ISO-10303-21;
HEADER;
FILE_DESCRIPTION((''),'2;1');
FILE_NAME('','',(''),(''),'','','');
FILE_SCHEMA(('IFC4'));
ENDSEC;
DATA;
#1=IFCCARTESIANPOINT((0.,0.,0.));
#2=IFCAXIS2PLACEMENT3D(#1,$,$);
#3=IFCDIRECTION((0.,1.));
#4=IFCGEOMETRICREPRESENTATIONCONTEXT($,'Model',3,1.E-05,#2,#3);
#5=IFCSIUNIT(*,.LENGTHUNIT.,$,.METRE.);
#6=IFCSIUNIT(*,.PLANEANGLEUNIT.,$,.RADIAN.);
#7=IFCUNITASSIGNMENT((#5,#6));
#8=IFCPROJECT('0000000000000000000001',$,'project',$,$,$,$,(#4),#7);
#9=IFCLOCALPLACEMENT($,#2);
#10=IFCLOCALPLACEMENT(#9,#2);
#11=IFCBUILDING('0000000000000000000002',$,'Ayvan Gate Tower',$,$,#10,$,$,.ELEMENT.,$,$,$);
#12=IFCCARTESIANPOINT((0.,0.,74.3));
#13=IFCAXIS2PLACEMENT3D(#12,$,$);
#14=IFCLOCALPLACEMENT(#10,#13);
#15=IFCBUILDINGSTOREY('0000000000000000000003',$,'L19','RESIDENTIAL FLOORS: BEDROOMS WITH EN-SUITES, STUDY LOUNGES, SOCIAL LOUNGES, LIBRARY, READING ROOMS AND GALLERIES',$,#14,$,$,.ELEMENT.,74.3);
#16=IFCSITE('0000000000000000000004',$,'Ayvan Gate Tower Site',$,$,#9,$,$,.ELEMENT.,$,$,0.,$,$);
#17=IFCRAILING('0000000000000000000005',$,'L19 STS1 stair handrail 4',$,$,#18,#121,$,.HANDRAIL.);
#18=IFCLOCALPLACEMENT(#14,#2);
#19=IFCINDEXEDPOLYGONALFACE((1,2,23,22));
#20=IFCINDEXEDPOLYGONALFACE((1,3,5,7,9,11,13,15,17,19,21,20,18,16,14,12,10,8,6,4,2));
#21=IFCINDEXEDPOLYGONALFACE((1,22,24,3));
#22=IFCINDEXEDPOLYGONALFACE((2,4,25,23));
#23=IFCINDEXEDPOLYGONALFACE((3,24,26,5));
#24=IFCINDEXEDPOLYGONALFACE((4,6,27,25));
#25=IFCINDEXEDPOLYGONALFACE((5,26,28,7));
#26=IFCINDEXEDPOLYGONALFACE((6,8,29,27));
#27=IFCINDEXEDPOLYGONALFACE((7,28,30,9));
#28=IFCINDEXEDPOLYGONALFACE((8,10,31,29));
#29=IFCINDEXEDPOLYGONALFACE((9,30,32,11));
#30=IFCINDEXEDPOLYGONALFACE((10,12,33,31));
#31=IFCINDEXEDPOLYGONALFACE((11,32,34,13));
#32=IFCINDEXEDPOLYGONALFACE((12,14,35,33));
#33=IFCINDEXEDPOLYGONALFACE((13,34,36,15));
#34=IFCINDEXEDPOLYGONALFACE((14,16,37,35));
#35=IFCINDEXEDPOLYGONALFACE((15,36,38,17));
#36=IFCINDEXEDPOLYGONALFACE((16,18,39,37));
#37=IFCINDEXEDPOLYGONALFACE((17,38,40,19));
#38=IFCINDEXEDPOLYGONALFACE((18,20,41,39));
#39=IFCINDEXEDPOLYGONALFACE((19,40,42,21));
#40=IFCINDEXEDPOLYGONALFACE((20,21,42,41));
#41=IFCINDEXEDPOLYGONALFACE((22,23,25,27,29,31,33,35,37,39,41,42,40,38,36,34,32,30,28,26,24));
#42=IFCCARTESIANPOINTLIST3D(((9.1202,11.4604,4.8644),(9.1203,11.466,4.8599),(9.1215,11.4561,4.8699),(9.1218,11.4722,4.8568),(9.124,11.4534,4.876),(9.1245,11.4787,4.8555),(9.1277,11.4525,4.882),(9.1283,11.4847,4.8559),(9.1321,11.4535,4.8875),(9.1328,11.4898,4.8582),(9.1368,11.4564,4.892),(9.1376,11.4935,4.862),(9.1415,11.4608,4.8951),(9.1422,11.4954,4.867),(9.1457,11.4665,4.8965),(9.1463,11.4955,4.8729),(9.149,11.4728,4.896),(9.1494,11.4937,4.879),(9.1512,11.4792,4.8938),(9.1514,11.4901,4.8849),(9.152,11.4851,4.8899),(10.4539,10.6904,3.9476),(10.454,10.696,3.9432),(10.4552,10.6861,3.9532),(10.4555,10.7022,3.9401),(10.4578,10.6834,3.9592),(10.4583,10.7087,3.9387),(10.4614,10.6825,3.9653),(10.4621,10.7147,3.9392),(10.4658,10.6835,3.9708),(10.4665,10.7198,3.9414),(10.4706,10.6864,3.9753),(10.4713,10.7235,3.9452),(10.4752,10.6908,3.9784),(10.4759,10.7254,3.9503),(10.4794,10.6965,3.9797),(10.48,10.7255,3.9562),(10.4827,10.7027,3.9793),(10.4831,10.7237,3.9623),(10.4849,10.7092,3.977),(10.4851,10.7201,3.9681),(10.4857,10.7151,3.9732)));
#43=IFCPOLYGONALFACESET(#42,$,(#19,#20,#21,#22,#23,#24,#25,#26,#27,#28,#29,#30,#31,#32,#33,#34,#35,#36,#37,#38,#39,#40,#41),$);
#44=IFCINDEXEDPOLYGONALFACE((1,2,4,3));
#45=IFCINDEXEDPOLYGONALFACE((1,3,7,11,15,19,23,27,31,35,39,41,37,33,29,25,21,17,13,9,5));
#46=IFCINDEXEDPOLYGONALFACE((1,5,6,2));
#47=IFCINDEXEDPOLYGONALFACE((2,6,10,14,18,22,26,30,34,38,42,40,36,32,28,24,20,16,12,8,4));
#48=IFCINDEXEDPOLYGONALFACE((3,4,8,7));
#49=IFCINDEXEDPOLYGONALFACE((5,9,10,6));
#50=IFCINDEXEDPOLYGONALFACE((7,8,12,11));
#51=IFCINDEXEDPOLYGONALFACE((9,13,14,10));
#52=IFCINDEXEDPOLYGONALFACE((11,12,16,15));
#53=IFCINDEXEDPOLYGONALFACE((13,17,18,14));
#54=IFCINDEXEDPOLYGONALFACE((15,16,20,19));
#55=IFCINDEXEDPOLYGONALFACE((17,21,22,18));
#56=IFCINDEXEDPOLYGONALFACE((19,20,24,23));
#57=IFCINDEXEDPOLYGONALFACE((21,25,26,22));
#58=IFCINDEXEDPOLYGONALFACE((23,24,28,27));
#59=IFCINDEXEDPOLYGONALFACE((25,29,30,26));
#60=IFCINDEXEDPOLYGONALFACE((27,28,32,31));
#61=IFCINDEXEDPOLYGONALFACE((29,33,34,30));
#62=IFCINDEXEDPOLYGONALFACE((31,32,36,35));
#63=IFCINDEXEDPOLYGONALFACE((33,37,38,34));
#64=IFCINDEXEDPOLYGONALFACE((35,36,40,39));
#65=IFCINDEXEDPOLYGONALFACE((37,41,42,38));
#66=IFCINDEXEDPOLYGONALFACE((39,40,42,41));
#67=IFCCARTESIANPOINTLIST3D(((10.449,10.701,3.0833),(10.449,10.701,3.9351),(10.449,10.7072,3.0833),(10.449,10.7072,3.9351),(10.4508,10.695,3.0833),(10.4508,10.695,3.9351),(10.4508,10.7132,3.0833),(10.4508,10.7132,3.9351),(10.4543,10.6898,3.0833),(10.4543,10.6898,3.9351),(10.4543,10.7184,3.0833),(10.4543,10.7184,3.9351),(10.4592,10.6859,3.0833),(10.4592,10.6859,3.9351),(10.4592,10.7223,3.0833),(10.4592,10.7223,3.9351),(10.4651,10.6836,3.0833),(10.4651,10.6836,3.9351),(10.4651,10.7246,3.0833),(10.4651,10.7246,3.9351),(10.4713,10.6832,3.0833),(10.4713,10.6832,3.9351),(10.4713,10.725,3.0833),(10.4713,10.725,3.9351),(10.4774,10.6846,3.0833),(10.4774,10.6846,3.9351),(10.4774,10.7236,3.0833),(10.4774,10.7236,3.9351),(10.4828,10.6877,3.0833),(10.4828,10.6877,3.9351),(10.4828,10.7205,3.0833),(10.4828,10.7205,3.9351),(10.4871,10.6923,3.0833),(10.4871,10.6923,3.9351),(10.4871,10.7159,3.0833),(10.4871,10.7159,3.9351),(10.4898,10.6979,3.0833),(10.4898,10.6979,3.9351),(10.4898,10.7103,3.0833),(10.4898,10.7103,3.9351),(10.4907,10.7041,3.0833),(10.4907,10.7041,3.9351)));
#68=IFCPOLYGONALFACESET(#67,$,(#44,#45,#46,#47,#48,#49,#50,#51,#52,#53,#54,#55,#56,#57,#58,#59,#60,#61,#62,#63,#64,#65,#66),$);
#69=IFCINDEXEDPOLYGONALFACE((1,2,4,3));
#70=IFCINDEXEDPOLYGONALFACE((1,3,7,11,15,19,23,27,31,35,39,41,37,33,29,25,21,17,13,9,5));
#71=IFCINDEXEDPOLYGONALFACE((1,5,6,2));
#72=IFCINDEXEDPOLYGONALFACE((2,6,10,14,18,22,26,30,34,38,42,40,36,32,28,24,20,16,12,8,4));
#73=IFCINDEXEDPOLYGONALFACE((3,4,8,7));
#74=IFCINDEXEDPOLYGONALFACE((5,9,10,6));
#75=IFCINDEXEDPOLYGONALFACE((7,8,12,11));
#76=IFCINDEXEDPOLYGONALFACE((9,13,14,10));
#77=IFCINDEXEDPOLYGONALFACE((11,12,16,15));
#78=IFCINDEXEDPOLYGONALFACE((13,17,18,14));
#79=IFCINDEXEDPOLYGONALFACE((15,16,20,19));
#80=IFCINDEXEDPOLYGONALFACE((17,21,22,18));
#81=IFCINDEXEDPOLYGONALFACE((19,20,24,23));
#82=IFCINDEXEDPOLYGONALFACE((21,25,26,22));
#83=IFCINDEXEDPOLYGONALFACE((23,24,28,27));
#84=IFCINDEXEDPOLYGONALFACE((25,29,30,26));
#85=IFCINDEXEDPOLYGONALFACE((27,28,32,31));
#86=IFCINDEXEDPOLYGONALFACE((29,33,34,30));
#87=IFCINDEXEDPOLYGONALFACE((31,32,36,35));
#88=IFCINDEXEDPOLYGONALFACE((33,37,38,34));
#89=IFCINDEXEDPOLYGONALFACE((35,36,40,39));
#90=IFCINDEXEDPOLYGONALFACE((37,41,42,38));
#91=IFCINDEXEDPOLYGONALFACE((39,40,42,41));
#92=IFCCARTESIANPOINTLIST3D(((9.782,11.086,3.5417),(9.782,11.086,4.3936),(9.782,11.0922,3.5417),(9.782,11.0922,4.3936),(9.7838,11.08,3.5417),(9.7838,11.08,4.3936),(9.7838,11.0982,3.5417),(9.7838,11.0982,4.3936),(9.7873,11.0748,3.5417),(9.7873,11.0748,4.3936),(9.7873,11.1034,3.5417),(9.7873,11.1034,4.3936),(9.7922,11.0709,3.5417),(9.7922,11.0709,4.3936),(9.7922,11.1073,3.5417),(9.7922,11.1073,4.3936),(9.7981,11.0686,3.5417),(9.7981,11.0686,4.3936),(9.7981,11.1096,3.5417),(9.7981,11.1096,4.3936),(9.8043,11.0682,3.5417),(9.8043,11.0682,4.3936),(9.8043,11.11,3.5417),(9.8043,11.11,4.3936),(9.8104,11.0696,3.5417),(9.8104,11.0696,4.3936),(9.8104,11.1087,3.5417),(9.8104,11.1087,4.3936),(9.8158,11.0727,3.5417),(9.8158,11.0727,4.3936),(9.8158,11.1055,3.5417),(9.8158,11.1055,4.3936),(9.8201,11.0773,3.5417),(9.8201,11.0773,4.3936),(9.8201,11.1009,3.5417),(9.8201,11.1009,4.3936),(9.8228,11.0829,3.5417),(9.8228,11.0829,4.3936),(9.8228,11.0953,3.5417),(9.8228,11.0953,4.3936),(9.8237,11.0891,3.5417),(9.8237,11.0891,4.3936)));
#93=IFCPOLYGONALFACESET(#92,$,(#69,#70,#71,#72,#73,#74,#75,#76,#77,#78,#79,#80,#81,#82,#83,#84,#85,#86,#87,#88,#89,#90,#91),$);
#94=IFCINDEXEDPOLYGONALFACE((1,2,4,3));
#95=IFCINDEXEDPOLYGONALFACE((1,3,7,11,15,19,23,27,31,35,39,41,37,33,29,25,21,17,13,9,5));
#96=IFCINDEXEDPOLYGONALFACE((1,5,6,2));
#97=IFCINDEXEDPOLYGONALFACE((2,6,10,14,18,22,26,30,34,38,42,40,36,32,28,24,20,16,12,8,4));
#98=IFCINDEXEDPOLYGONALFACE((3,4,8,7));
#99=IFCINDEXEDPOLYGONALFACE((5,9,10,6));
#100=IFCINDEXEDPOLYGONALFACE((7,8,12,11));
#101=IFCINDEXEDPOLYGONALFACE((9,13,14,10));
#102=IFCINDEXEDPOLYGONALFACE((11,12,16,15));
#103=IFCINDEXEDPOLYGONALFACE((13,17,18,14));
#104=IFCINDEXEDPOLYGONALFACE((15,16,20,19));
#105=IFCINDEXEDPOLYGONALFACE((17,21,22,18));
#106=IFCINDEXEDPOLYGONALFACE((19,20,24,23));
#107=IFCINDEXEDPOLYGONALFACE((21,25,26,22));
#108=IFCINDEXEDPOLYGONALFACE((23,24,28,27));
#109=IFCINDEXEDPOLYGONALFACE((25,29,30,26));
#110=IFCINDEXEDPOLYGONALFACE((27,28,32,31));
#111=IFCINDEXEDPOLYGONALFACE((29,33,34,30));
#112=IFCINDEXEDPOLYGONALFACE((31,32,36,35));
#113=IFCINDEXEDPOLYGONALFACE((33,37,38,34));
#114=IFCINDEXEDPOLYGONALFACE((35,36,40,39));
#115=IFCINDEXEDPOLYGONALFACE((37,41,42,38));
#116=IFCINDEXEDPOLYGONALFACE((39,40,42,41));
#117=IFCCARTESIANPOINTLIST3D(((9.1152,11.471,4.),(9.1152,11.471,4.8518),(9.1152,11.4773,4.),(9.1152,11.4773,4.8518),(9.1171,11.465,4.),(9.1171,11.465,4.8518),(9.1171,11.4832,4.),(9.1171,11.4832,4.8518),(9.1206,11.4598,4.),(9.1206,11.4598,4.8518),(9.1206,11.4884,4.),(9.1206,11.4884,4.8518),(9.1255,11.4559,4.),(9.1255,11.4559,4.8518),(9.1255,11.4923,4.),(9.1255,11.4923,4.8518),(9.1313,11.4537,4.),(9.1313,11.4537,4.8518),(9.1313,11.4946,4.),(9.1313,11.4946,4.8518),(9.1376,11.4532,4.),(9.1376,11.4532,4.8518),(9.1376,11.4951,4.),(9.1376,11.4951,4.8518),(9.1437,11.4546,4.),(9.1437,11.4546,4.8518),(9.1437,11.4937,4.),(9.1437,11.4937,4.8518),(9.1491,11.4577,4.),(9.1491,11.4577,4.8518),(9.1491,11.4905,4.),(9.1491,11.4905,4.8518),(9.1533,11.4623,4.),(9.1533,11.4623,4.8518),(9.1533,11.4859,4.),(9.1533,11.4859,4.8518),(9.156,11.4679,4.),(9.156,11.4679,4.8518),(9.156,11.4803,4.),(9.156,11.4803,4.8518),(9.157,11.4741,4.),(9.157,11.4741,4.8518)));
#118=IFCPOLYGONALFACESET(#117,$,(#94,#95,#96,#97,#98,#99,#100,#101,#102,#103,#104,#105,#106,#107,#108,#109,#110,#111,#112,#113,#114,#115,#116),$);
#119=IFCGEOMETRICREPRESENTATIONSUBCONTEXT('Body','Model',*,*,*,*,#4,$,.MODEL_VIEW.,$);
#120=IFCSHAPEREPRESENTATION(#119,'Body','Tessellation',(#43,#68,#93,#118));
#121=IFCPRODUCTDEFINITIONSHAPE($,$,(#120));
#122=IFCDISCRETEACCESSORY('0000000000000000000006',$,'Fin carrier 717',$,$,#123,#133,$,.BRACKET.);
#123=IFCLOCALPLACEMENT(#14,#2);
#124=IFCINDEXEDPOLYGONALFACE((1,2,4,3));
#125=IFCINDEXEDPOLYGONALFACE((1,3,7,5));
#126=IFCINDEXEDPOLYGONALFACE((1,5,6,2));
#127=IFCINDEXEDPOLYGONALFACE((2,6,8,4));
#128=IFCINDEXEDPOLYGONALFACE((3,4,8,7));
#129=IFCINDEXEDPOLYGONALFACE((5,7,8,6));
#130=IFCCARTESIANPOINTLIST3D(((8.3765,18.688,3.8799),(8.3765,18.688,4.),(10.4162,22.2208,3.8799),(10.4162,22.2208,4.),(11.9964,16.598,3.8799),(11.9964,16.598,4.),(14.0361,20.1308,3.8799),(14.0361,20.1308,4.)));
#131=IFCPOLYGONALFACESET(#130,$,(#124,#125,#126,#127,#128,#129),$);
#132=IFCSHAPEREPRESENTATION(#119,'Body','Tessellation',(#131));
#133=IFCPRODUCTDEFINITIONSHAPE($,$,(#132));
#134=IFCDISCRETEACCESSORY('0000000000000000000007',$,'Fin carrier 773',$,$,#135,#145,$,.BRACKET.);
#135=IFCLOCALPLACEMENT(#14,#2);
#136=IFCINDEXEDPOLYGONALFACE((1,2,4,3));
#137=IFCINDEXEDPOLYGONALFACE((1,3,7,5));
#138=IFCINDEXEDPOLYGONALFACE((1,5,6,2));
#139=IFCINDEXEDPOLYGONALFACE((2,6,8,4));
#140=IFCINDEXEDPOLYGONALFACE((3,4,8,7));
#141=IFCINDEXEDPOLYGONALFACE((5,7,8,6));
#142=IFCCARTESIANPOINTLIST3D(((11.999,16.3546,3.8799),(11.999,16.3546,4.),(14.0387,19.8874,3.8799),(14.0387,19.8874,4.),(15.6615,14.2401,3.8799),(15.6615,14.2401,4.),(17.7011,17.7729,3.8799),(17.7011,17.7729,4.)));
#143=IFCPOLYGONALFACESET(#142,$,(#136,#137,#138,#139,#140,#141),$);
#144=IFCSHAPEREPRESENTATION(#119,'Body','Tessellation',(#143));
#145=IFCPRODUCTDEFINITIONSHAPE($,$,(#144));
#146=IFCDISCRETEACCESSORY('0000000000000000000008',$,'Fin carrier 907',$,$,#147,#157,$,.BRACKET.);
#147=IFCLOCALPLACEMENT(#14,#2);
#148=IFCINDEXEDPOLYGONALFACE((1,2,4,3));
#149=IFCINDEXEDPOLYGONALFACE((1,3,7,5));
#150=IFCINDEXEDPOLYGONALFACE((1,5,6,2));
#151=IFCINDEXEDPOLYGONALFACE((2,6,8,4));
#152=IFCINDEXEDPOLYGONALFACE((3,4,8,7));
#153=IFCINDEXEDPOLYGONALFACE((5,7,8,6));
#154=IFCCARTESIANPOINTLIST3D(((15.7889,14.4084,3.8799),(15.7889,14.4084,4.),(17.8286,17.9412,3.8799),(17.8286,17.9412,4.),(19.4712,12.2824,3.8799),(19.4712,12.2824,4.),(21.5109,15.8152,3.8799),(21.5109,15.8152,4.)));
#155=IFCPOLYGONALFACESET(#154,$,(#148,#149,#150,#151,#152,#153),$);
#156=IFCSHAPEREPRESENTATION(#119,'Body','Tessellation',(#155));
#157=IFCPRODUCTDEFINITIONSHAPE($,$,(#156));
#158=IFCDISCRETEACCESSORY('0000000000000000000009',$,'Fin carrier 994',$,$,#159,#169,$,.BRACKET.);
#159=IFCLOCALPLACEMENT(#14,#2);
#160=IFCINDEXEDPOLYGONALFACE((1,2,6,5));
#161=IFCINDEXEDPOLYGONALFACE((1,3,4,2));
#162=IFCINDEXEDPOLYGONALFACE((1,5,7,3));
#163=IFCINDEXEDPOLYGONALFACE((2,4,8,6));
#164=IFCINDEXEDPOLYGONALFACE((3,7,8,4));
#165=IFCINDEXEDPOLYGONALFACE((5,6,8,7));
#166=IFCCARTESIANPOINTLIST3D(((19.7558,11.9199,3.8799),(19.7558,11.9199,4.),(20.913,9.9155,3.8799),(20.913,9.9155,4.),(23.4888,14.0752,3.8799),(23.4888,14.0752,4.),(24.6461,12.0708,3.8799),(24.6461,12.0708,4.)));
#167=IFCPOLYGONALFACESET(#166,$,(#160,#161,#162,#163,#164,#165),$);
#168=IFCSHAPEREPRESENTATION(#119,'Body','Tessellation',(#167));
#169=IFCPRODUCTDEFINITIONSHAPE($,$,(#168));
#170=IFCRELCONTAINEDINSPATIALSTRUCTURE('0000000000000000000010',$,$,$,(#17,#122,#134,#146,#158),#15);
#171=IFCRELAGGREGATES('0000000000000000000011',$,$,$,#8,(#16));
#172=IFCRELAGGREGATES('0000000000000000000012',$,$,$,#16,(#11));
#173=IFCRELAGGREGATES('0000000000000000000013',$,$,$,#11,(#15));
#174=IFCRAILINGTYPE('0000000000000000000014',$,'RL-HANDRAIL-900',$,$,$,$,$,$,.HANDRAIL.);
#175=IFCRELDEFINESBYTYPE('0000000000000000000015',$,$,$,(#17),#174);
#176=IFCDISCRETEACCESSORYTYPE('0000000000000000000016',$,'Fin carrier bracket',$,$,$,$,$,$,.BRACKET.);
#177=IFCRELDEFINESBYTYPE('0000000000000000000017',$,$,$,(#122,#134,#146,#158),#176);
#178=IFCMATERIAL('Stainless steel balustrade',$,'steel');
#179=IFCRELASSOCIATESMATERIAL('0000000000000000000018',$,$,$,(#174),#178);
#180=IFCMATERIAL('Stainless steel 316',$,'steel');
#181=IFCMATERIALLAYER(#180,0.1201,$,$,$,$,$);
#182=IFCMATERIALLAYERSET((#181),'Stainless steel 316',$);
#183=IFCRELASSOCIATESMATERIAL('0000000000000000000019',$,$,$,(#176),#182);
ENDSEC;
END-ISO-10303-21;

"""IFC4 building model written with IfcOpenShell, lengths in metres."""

from ifc_helpers import new_model, si_unit, direction, frame, origin, origin_2d, place, context, subcontext, project, spatial, rectangle, circle, extrude, material, layer, layer_set, type_object, element, save


model = new_model("IFC4")

# Units and contexts
model_context = context("Model", 3, precision=1e-05, world=origin(), true_north=direction((0.0, 1.0)))
body_context = subcontext(model_context, "Body", "Model", "MODEL_VIEW")
ifc_project = project(units=[si_unit("LENGTHUNIT", "METRE"), si_unit("PLANEANGLEUNIT", "RADIAN")], contexts=[model_context])

# Site, building, storey
site_placement = place(None, origin())
site = spatial("IfcSite", under=ifc_project, at=site_placement, Name="Ayvan Gate Tower Site", CompositionType="ELEMENT", RefElevation=0.0)
building_placement = place(site_placement, origin())
building = spatial("IfcBuilding", under=site, at=building_placement, Name="Ayvan Gate Tower", CompositionType="ELEMENT")
storey_placement = place(building_placement, frame((0.0, 0.0, 74.3)))
storey = spatial("IfcBuildingStorey", under=building, at=storey_placement, Name="L19", Description="RESIDENTIAL FLOORS: BEDROOMS WITH EN-SUITES, STUDY LOUNGES, SOCIAL LOUNGES, LIBRARY, READING ROOMS AND GALLERIES", CompositionType="ELEMENT", Elevation=74.3)

# Railing
ifc_material_1 = material(Name="Stainless steel balustrade", Category="steel")
railing_type_1 = type_object("IfcRailingType", Name="RL-HANDRAIL-900", PredefinedType="HANDRAIL", material=ifc_material_1)
for number, where, name in (
    (1, (10.4697, 10.7041, 3.0833), "L19 STS1 stair handrail 4"),
):
    element("IfcRailing", number, at=place(storey_placement, frame(where)), inside=storey, type_object=railing_type_1, Name=name, PredefinedType="HANDRAIL", context=body_context, shape_type="SweptSolid", body=[
        extrude(circle(Radius=0.0239, at=origin_2d()), frame((0.0, 0.0, 0.876), z_axis=(-0.744164, 0.429634, 0.511502), x_axis=(-0.499992, -0.86603, 0.0)), (0.0, 0.0, 1.0), 1.7922),
        extrude(circle(Radius=0.021, at=origin_2d()), origin(), (0.0, 0.0, 1.0), 0.8518),
        extrude(circle(Radius=0.021, at=origin_2d()), frame((-0.667, 0.385, 0.4585)), (0.0, 0.0, 1.0), 0.8518),
        extrude(circle(Radius=0.021, at=origin_2d()), frame((-1.3337, 0.77, 0.9167)), (0.0, 0.0, 1.0), 0.8518),
    ])

# Discrete accessories
ifc_material_2 = material(Name="Stainless steel 316", Category="steel")
ifc_layer_1 = layer(ifc_material_2, 0.1201)
ifc_layer_set_1 = layer_set([ifc_layer_1], Name="Stainless steel 316")
discrete_accessory_type = type_object("IfcDiscreteAccessoryType", Name="Fin carrier bracket", PredefinedType="BRACKET", material=ifc_layer_set_1)
discrete_accessory_1_placement = place(storey_placement, frame((11.2063, 19.4094, 3.8799), z_axis=(0.0, 0.0, 1.0), x_axis=(-0.866025, 0.5, 0.0)))
element("IfcDiscreteAccessory", 2, at=discrete_accessory_1_placement, inside=storey, type_object=discrete_accessory_type, Name="Fin carrier 717", PredefinedType="BRACKET", context=body_context, shape_type="SweptSolid", body=[
    extrude(rectangle(XDim=4.1799, YDim=4.0793, at=origin_2d()), origin(), (0.0, 0.0, 1.0), 0.1201),
])
discrete_accessory_2_placement = place(storey_placement, frame((14.8501, 17.0637, 3.8799), z_axis=(0.0, 0.0, 1.0), x_axis=(-0.866025, 0.5, 0.0)))
element("IfcDiscreteAccessory", 3, at=discrete_accessory_2_placement, inside=storey, type_object=discrete_accessory_type, Name="Fin carrier 773", PredefinedType="BRACKET", context=body_context, shape_type="SweptSolid", body=[
    extrude(rectangle(XDim=4.229, YDim=4.0793, at=origin_2d()), origin(), (0.0, 0.0, 1.0), 0.1201),
])
discrete_accessory_3_placement = place(storey_placement, frame((18.6499, 15.1118, 3.8799), z_axis=(0.0, 0.0, 1.0), x_axis=(-0.866025, 0.5, 0.0)))
element("IfcDiscreteAccessory", 4, at=discrete_accessory_3_placement, inside=storey, type_object=discrete_accessory_type, Name="Fin carrier 907", PredefinedType="BRACKET", context=body_context, shape_type="SweptSolid", body=[
    extrude(rectangle(XDim=4.252, YDim=4.0793, at=origin_2d()), origin(), (0.0, 0.0, 1.0), 0.1201),
])
discrete_accessory_4_placement = place(storey_placement, frame((22.2009, 11.9954, 3.8799), z_axis=(0.0, 0.0, 1.0), x_axis=(-0.5, 0.866025, 0.0)))
element("IfcDiscreteAccessory", 5, at=discrete_accessory_4_placement, inside=storey, type_object=discrete_accessory_type, Name="Fin carrier 994", PredefinedType="BRACKET", context=body_context, shape_type="SweptSolid", body=[
    extrude(rectangle(XDim=2.3145, YDim=4.3105, at=origin_2d()), origin(), (0.0, 0.0, 1.0), 0.1201),
])

save(model, "model.ifc")
